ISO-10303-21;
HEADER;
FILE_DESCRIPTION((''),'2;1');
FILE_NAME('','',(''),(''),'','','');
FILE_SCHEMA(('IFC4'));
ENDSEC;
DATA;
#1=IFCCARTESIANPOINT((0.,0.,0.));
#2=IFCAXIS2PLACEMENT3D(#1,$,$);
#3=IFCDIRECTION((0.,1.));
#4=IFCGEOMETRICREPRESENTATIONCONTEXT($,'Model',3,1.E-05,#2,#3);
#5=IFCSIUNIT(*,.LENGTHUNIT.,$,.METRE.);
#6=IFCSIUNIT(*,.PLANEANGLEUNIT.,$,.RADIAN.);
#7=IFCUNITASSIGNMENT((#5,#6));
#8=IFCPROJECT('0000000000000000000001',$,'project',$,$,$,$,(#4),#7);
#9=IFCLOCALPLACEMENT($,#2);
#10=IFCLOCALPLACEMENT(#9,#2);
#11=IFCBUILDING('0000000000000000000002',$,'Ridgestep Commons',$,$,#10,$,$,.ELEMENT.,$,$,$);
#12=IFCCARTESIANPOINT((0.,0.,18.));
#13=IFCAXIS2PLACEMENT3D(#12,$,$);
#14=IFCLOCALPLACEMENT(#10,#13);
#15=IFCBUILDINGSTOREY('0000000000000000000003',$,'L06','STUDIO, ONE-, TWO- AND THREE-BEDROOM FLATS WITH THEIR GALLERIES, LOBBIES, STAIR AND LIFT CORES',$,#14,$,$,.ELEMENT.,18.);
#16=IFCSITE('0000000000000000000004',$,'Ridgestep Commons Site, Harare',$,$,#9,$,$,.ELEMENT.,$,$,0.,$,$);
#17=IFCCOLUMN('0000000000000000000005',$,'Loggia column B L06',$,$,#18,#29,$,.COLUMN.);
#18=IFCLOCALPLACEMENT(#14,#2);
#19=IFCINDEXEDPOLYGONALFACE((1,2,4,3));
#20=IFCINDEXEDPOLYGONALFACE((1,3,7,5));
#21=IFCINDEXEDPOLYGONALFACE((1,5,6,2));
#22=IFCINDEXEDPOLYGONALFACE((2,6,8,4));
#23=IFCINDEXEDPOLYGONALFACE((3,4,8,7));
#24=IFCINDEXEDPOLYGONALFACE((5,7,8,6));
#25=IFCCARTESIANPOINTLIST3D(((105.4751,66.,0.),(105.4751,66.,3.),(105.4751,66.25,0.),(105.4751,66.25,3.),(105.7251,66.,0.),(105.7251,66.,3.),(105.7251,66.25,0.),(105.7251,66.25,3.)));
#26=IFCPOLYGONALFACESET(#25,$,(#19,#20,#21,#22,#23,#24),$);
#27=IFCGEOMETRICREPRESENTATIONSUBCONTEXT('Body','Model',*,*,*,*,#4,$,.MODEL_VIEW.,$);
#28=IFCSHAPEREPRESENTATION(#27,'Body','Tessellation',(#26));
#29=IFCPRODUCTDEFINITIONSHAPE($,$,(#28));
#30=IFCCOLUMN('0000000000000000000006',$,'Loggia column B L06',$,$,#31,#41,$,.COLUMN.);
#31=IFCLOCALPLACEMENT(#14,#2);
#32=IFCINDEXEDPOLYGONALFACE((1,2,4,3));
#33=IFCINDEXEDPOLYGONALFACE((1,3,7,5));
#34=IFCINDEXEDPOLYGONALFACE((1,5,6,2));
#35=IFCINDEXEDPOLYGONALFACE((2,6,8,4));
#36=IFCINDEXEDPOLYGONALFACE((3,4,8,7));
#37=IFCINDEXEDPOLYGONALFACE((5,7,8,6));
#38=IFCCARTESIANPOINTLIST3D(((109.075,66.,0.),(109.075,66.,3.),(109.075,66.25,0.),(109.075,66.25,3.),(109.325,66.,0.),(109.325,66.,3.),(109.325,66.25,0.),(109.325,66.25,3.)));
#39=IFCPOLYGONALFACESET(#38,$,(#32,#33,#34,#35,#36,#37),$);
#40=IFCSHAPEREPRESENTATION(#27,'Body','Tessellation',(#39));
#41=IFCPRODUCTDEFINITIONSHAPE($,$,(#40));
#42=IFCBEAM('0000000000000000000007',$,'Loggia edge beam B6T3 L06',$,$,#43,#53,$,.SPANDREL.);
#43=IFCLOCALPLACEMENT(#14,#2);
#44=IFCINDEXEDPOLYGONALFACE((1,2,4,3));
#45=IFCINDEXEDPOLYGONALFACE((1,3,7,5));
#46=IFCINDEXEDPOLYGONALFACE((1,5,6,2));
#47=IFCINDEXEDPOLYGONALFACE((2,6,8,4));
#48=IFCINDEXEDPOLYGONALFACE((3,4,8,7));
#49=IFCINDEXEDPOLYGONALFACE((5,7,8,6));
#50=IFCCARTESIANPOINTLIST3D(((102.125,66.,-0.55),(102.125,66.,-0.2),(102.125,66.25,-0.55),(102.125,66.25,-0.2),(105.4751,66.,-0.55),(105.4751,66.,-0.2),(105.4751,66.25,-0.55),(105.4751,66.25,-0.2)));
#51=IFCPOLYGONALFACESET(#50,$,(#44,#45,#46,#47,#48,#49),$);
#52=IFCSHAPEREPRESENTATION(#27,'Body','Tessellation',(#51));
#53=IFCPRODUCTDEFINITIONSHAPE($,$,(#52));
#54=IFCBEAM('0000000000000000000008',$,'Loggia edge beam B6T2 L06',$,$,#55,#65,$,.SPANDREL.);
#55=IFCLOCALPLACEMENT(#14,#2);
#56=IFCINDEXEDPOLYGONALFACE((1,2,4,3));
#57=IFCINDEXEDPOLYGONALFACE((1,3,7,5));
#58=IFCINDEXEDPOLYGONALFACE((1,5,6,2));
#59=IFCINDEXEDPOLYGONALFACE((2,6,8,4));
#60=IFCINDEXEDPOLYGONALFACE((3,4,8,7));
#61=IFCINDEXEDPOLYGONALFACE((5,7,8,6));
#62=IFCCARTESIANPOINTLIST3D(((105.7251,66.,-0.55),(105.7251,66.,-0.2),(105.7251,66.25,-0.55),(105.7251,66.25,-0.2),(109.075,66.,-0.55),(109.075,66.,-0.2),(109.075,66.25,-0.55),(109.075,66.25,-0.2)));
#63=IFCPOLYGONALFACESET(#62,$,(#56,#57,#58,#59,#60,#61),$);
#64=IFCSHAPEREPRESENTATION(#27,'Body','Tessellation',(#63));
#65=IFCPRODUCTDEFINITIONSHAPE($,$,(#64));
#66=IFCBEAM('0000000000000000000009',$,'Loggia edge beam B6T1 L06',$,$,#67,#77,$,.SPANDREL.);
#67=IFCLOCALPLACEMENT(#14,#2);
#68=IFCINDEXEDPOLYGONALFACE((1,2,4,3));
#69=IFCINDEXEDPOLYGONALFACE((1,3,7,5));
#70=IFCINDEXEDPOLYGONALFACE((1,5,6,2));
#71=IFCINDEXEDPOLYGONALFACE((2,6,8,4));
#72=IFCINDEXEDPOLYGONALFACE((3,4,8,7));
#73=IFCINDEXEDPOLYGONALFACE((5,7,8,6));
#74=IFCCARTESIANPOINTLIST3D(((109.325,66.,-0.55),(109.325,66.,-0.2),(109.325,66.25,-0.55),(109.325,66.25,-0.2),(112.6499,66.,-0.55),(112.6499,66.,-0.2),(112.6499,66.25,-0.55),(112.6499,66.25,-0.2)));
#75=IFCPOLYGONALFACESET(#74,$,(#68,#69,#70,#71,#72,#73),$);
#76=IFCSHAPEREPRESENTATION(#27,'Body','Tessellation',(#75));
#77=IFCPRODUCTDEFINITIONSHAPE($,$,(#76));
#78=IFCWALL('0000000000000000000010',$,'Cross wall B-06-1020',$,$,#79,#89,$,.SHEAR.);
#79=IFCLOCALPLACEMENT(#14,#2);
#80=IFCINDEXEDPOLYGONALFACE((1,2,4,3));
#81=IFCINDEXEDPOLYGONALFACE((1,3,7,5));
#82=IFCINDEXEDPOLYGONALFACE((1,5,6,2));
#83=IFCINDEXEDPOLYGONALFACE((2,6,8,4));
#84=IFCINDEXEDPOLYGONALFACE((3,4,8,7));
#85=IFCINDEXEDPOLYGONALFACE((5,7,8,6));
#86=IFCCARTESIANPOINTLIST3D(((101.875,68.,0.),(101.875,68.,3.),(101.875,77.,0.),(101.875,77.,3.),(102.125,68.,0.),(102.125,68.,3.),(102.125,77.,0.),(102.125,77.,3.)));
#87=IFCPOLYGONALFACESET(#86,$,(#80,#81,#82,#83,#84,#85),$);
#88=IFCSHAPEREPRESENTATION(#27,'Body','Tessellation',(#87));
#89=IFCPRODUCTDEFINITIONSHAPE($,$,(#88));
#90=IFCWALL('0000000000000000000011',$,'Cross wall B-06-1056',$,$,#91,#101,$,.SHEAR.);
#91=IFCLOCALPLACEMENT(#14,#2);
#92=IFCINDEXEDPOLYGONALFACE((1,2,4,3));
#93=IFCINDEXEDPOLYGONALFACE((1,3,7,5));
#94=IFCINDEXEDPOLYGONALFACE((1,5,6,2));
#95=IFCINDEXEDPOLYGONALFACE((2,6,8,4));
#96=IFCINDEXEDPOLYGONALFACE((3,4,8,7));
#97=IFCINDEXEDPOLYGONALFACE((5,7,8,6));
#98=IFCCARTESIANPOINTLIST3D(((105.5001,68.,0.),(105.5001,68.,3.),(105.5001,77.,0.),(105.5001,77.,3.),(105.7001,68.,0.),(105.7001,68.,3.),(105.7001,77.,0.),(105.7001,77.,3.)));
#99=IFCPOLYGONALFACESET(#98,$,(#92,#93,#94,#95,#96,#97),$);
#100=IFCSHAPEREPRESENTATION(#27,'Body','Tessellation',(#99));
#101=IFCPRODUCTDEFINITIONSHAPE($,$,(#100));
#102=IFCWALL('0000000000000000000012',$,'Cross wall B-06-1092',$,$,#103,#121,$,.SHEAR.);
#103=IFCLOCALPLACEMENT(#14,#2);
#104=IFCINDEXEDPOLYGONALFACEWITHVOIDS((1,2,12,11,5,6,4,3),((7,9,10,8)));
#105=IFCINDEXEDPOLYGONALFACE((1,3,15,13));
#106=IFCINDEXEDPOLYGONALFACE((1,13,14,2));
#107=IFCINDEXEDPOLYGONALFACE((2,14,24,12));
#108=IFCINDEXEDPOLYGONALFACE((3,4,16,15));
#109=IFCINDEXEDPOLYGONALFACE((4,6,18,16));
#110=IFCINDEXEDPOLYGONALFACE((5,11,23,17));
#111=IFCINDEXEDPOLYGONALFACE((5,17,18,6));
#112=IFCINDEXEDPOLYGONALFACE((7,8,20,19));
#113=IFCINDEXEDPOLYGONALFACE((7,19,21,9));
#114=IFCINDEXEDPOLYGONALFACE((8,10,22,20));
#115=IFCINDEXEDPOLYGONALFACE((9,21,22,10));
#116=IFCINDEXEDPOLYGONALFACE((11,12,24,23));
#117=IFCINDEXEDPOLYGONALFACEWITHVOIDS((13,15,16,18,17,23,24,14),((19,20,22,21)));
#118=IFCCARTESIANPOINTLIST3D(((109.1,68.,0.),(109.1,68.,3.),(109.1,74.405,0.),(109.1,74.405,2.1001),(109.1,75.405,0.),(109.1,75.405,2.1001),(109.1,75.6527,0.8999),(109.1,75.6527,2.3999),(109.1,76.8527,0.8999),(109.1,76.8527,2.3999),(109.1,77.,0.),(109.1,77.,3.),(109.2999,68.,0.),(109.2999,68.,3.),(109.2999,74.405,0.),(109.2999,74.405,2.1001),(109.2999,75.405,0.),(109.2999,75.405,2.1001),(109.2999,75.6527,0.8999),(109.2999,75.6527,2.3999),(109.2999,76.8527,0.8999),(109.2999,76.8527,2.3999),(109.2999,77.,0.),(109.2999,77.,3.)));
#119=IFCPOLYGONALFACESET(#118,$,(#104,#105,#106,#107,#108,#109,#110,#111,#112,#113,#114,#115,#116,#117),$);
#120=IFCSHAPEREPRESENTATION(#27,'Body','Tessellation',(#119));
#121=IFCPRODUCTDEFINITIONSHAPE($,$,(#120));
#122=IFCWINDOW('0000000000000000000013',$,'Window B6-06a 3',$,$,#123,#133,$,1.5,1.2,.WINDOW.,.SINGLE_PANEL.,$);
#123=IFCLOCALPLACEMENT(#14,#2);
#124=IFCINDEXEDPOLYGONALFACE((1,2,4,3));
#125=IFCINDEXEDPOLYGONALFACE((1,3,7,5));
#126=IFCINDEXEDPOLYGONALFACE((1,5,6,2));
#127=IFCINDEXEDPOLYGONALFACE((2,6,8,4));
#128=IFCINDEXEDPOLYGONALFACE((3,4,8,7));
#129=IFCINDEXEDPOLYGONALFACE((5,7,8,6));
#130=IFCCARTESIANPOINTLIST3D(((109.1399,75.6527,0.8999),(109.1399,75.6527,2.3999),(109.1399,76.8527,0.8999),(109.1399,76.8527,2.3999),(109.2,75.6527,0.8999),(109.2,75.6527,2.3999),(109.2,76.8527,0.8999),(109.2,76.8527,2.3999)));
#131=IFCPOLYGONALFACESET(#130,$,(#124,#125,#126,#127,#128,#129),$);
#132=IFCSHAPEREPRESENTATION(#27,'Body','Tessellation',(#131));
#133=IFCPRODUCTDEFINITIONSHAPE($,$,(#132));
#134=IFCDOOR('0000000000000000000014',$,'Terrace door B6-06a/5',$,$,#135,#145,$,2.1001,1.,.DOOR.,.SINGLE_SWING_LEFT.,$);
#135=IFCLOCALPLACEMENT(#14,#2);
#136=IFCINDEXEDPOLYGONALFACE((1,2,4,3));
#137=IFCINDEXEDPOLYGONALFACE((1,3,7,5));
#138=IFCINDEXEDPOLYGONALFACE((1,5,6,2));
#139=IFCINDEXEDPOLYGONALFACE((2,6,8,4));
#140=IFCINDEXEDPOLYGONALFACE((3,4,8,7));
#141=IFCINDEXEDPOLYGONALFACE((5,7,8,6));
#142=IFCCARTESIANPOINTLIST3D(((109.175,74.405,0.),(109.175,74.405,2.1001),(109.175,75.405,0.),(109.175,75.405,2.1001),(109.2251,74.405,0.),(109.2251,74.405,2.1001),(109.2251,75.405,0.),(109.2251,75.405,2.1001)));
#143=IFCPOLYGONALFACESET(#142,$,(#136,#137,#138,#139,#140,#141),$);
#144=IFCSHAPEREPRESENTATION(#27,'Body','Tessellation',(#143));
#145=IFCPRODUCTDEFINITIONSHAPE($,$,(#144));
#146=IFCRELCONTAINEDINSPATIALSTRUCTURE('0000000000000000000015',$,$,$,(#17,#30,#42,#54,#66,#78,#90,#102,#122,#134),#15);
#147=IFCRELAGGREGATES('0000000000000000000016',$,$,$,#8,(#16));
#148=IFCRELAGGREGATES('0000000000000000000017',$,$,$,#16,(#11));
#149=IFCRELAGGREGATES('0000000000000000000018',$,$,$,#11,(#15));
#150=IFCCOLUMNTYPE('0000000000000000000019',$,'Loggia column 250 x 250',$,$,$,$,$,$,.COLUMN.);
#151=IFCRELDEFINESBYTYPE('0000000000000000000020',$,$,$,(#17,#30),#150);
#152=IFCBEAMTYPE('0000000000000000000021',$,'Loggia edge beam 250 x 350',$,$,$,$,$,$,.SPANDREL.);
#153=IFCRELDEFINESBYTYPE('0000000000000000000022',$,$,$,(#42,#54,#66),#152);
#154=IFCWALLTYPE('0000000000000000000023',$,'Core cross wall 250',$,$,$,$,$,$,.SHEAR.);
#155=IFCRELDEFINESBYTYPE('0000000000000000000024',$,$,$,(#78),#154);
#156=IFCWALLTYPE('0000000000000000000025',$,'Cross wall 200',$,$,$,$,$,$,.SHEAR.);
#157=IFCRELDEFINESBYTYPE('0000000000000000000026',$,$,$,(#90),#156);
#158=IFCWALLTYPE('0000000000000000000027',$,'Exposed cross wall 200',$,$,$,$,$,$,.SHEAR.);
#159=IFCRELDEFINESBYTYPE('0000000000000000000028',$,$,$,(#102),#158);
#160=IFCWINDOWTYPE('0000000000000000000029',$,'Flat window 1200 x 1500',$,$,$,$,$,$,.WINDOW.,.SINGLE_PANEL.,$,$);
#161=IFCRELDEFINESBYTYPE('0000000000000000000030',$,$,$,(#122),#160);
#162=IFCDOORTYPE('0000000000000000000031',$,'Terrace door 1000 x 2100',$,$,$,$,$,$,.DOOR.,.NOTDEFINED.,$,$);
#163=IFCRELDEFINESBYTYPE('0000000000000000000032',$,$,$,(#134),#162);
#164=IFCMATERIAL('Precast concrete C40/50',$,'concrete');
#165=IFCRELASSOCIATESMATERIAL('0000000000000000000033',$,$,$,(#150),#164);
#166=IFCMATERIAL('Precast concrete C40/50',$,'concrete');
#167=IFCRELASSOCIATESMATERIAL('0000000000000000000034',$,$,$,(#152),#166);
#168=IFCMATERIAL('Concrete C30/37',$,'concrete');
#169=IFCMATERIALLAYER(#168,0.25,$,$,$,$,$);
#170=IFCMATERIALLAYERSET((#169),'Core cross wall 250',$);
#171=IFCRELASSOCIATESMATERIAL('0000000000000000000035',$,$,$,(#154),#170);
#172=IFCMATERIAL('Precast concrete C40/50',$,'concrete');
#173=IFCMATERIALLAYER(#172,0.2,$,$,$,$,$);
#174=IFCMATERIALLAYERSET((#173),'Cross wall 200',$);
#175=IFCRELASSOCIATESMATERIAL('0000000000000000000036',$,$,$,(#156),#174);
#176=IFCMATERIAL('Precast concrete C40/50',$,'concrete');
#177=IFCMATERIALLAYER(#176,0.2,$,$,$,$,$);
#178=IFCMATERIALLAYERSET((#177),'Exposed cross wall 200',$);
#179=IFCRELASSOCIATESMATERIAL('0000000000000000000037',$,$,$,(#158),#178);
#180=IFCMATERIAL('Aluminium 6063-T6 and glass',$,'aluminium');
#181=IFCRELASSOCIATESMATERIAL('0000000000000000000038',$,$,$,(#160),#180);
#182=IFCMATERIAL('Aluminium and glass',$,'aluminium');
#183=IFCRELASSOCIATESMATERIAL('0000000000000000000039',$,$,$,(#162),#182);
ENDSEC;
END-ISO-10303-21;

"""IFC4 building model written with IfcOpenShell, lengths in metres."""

from ifc_helpers import new_model, si_unit, direction, frame, frame_2d, origin, origin_2d, place, context, subcontext, project, spatial, rectangle, extrude, material, layer, layer_set, material_profile, profile_set, type_object, element, fill, save


model = new_model("IFC4")

# Units and contexts
model_context = context("Model", 3, precision=1e-05, world=origin(), true_north=direction((0.0, 1.0)))
body_context = subcontext(model_context, "Body", "Model", "MODEL_VIEW")
ifc_project = project(units=[si_unit("LENGTHUNIT", "METRE"), si_unit("PLANEANGLEUNIT", "RADIAN")], contexts=[model_context])

# Site, building, storey
site_placement = place(None, origin())
site = spatial("IfcSite", under=ifc_project, at=site_placement, Name="Ridgestep Commons Site, Harare", CompositionType="ELEMENT", RefElevation=0.0)
building_placement = place(site_placement, origin())
building = spatial("IfcBuilding", under=site, at=building_placement, Name="Ridgestep Commons", CompositionType="ELEMENT")
storey_placement = place(building_placement, frame((0.0, 0.0, 18.0)))
storey = spatial("IfcBuildingStorey", under=building, at=storey_placement, Name="L06", Description="STUDIO, ONE-, TWO- AND THREE-BEDROOM FLATS WITH THEIR GALLERIES, LOBBIES, STAIR AND LIFT CORES", CompositionType="ELEMENT", Elevation=18.0)

# Columns
ifc_material_1 = material(Name="Precast concrete C40/50", Category="concrete")
ifc_material_profile_1 = material_profile(ifc_material_1, rectangle(XDim=0.25, YDim=0.25, at=origin_2d()), Name="PC 250x250")
ifc_profile_set_1 = profile_set([ifc_material_profile_1], Name="Precast concrete C40/50")
column_type = type_object("IfcColumnType", Name="Loggia column 250 x 250", PredefinedType="COLUMN", material=ifc_profile_set_1)
for number, where, z_axis, x_axis, name in (
    (1, (105.6001, 66.125, 0.0), (0.0, 0.0, 1.0), (1.0, 0.0, 0.0), "Loggia column B L06"),
    (2, (109.2, 66.125, 0.0), (0.0, 0.0, 1.0), (1.0, 0.0, 0.0), "Loggia column B L06"),
):
    element("IfcColumn", number, at=place(storey_placement, frame(where, z_axis=z_axis, x_axis=x_axis)), inside=storey, type_object=column_type, Name=name, PredefinedType="COLUMN", context=body_context, shape_type="SweptSolid", body=[
        extrude(rectangle(XDim=0.25, YDim=0.25, at=origin_2d()), origin(), (0.0, 0.0, 1.0), 3.0),
    ])

# Beams
ifc_material_2 = material(Name="Precast concrete C40/50", Category="concrete")
ifc_material_profile_2 = material_profile(ifc_material_2, rectangle(XDim=0.25, YDim=0.3501, at=origin_2d()), Name="PC 250x350")
ifc_profile_set_2 = profile_set([ifc_material_profile_2], Name="Precast concrete C40/50")
beam_type = type_object("IfcBeamType", Name="Loggia edge beam 250 x 350", PredefinedType="SPANDREL", material=ifc_profile_set_2)
beam_1_placement = place(storey_placement, frame((102.125, 66.125, -0.375), z_axis=(1.0, 0.0, 0.0), x_axis=(0.0, 1.0, 0.0)))
element("IfcBeam", 3, at=beam_1_placement, inside=storey, type_object=beam_type, Name="Loggia edge beam B6T3 L06", PredefinedType="SPANDREL", context=body_context, shape_type="SweptSolid", body=[
    extrude(rectangle(XDim=0.25, YDim=0.3501, at=origin_2d()), origin(), (0.0, 0.0, 1.0), 3.3501),
])
beam_2_placement = place(storey_placement, frame((105.7251, 66.125, -0.375), z_axis=(1.0, 0.0, 0.0), x_axis=(0.0, 1.0, 0.0)))
element("IfcBeam", 4, at=beam_2_placement, inside=storey, type_object=beam_type, Name="Loggia edge beam B6T2 L06", PredefinedType="SPANDREL", context=body_context, shape_type="SweptSolid", body=[
    extrude(rectangle(XDim=0.25, YDim=0.3501, at=origin_2d()), origin(), (0.0, 0.0, 1.0), 3.3499),
])
beam_3_placement = place(storey_placement, frame((109.325, 66.125, -0.375), z_axis=(1.0, 0.0, 0.0), x_axis=(0.0, 1.0, 0.0)))
element("IfcBeam", 5, at=beam_3_placement, inside=storey, type_object=beam_type, Name="Loggia edge beam B6T1 L06", PredefinedType="SPANDREL", context=body_context, shape_type="SweptSolid", body=[
    extrude(rectangle(XDim=0.25, YDim=0.3501, at=origin_2d()), origin(), (0.0, 0.0, 1.0), 3.325),
])

# Walls
ifc_material_3 = material(Name="Concrete C30/37", Category="concrete")
ifc_layer_1 = layer(ifc_material_3, 0.25)
ifc_layer_set_1 = layer_set([ifc_layer_1], Name="Core cross wall 250")
wall_type_1 = type_object("IfcWallType", Name="Core cross wall 250", PredefinedType="SHEAR", material=ifc_layer_set_1)
wall_1_placement = place(storey_placement, frame((102.0, 68.0, 0.0), z_axis=(0.0, 0.0, 1.0), x_axis=(0.0, 1.0, 0.0)))
element("IfcWall", 6, at=wall_1_placement, inside=storey, type_object=wall_type_1, Name="Cross wall B-06-1020", PredefinedType="SHEAR", context=body_context, shape_type="SweptSolid", body=[
    extrude(rectangle(XDim=9.0, YDim=0.25, at=frame_2d((4.5, 0.0))), origin(), (0.0, 0.0, 1.0), 3.0),
])
ifc_material_4 = material(Name="Precast concrete C40/50", Category="concrete")
ifc_layer_2 = layer(ifc_material_4, 0.2)
ifc_layer_set_2 = layer_set([ifc_layer_2], Name="Cross wall 200")
wall_type_2 = type_object("IfcWallType", Name="Cross wall 200", PredefinedType="SHEAR", material=ifc_layer_set_2)
wall_2_placement = place(storey_placement, frame((105.6001, 68.0, 0.0), z_axis=(0.0, 0.0, 1.0), x_axis=(0.0, 1.0, 0.0)))
element("IfcWall", 7, at=wall_2_placement, inside=storey, type_object=wall_type_2, Name="Cross wall B-06-1056", PredefinedType="SHEAR", context=body_context, shape_type="SweptSolid", body=[
    extrude(rectangle(XDim=9.0, YDim=0.2, at=frame_2d((4.5, 0.0))), origin(), (0.0, 0.0, 1.0), 3.0),
])

# Wall, openings, window, door
ifc_material_5 = material(Name="Precast concrete C40/50", Category="concrete")
ifc_layer_3 = layer(ifc_material_5, 0.2)
ifc_layer_set_3 = layer_set([ifc_layer_3], Name="Exposed cross wall 200")
wall_type_3 = type_object("IfcWallType", Name="Exposed cross wall 200", PredefinedType="SHEAR", material=ifc_layer_set_3)
wall_3_placement = place(storey_placement, frame((109.2, 68.0, 0.0), z_axis=(0.0, 0.0, 1.0), x_axis=(0.0, 1.0, 0.0)))
wall_3 = element("IfcWall", 8, at=wall_3_placement, inside=storey, type_object=wall_type_3, Name="Cross wall B-06-1092", PredefinedType="SHEAR", context=body_context, shape_type="SweptSolid", body=[
    extrude(rectangle(XDim=9.0, YDim=0.2, at=frame_2d((4.5, 0.0))), origin(), (0.0, 0.0, 1.0), 3.0),
])
opening_1_placement = place(wall_3_placement, frame((7.6526, 0.0, 0.8999)))
opening_1 = element("IfcOpeningElement", 9, at=opening_1_placement, cuts=wall_3, PredefinedType="OPENING", context=body_context, shape_type="SweptSolid", body=[
    extrude(rectangle(XDim=1.2, YDim=1.5, at=frame_2d((0.6001, 0.75))), frame((0.0, 0.1099, 0.0), z_axis=(0.0, -1.0, 0.0), x_axis=(1.0, 0.0, 0.0)), (0.0, 0.0, 1.0), 0.22),
])
opening_2_placement = place(wall_3_placement, frame((6.405, 0.0, 0.0)))
opening_2 = element("IfcOpeningElement", 10, at=opening_2_placement, cuts=wall_3, PredefinedType="OPENING", context=body_context, shape_type="SweptSolid", body=[
    extrude(rectangle(XDim=1.0, YDim=2.1001, at=frame_2d((0.5, 1.05))), frame((0.0, 0.1099, 0.0), z_axis=(0.0, -1.0, 0.0), x_axis=(1.0, 0.0, 0.0)), (0.0, 0.0, 1.0), 0.22),
])
ifc_material_6 = material(Name="Aluminium 6063-T6 and glass", Category="aluminium")
window_type_1 = type_object("IfcWindowType", Name="Flat window 1200 x 1500", PartitioningType="SINGLE_PANEL", PredefinedType="WINDOW", material=ifc_material_6)
window_1_placement = place(opening_1_placement, origin())
window_1 = element("IfcWindow", 11, at=window_1_placement, inside=storey, type_object=window_type_1, Name="Window B6-06a 3", OverallHeight=1.5, OverallWidth=1.2, PartitioningType="SINGLE_PANEL", PredefinedType="WINDOW", context=body_context, shape_type="SweptSolid", body=[
    extrude(rectangle(XDim=1.2, YDim=1.5, at=frame_2d((0.6001, 0.75))), frame((0.0, 0.0601, 0.0), z_axis=(0.0, -1.0, 0.0), x_axis=(1.0, 0.0, 0.0)), (0.0, 0.0, 1.0), 0.0601),
])
fill(opening_1, window_1)
ifc_material_7 = material(Name="Aluminium and glass", Category="aluminium")
door_type_1 = type_object("IfcDoorType", Name="Terrace door 1000 x 2100", OperationType="NOTDEFINED", PredefinedType="DOOR", material=ifc_material_7)
door_1_placement = place(opening_2_placement, origin())
door_1 = element("IfcDoor", 12, at=door_1_placement, inside=storey, type_object=door_type_1, Name="Terrace door B6-06a/5", OperationType="SINGLE_SWING_LEFT", OverallHeight=2.1001, OverallWidth=1.0, PredefinedType="DOOR", context=body_context, shape_type="SweptSolid", body=[
    extrude(rectangle(XDim=1.0, YDim=2.1001, at=frame_2d((0.5, 1.05))), frame((0.0, 0.0249, 0.0), z_axis=(0.0, -1.0, 0.0), x_axis=(1.0, 0.0, 0.0)), (0.0, 0.0, 1.0), 0.05),
])
fill(opening_2, door_1)

save(model, "model.ifc")
